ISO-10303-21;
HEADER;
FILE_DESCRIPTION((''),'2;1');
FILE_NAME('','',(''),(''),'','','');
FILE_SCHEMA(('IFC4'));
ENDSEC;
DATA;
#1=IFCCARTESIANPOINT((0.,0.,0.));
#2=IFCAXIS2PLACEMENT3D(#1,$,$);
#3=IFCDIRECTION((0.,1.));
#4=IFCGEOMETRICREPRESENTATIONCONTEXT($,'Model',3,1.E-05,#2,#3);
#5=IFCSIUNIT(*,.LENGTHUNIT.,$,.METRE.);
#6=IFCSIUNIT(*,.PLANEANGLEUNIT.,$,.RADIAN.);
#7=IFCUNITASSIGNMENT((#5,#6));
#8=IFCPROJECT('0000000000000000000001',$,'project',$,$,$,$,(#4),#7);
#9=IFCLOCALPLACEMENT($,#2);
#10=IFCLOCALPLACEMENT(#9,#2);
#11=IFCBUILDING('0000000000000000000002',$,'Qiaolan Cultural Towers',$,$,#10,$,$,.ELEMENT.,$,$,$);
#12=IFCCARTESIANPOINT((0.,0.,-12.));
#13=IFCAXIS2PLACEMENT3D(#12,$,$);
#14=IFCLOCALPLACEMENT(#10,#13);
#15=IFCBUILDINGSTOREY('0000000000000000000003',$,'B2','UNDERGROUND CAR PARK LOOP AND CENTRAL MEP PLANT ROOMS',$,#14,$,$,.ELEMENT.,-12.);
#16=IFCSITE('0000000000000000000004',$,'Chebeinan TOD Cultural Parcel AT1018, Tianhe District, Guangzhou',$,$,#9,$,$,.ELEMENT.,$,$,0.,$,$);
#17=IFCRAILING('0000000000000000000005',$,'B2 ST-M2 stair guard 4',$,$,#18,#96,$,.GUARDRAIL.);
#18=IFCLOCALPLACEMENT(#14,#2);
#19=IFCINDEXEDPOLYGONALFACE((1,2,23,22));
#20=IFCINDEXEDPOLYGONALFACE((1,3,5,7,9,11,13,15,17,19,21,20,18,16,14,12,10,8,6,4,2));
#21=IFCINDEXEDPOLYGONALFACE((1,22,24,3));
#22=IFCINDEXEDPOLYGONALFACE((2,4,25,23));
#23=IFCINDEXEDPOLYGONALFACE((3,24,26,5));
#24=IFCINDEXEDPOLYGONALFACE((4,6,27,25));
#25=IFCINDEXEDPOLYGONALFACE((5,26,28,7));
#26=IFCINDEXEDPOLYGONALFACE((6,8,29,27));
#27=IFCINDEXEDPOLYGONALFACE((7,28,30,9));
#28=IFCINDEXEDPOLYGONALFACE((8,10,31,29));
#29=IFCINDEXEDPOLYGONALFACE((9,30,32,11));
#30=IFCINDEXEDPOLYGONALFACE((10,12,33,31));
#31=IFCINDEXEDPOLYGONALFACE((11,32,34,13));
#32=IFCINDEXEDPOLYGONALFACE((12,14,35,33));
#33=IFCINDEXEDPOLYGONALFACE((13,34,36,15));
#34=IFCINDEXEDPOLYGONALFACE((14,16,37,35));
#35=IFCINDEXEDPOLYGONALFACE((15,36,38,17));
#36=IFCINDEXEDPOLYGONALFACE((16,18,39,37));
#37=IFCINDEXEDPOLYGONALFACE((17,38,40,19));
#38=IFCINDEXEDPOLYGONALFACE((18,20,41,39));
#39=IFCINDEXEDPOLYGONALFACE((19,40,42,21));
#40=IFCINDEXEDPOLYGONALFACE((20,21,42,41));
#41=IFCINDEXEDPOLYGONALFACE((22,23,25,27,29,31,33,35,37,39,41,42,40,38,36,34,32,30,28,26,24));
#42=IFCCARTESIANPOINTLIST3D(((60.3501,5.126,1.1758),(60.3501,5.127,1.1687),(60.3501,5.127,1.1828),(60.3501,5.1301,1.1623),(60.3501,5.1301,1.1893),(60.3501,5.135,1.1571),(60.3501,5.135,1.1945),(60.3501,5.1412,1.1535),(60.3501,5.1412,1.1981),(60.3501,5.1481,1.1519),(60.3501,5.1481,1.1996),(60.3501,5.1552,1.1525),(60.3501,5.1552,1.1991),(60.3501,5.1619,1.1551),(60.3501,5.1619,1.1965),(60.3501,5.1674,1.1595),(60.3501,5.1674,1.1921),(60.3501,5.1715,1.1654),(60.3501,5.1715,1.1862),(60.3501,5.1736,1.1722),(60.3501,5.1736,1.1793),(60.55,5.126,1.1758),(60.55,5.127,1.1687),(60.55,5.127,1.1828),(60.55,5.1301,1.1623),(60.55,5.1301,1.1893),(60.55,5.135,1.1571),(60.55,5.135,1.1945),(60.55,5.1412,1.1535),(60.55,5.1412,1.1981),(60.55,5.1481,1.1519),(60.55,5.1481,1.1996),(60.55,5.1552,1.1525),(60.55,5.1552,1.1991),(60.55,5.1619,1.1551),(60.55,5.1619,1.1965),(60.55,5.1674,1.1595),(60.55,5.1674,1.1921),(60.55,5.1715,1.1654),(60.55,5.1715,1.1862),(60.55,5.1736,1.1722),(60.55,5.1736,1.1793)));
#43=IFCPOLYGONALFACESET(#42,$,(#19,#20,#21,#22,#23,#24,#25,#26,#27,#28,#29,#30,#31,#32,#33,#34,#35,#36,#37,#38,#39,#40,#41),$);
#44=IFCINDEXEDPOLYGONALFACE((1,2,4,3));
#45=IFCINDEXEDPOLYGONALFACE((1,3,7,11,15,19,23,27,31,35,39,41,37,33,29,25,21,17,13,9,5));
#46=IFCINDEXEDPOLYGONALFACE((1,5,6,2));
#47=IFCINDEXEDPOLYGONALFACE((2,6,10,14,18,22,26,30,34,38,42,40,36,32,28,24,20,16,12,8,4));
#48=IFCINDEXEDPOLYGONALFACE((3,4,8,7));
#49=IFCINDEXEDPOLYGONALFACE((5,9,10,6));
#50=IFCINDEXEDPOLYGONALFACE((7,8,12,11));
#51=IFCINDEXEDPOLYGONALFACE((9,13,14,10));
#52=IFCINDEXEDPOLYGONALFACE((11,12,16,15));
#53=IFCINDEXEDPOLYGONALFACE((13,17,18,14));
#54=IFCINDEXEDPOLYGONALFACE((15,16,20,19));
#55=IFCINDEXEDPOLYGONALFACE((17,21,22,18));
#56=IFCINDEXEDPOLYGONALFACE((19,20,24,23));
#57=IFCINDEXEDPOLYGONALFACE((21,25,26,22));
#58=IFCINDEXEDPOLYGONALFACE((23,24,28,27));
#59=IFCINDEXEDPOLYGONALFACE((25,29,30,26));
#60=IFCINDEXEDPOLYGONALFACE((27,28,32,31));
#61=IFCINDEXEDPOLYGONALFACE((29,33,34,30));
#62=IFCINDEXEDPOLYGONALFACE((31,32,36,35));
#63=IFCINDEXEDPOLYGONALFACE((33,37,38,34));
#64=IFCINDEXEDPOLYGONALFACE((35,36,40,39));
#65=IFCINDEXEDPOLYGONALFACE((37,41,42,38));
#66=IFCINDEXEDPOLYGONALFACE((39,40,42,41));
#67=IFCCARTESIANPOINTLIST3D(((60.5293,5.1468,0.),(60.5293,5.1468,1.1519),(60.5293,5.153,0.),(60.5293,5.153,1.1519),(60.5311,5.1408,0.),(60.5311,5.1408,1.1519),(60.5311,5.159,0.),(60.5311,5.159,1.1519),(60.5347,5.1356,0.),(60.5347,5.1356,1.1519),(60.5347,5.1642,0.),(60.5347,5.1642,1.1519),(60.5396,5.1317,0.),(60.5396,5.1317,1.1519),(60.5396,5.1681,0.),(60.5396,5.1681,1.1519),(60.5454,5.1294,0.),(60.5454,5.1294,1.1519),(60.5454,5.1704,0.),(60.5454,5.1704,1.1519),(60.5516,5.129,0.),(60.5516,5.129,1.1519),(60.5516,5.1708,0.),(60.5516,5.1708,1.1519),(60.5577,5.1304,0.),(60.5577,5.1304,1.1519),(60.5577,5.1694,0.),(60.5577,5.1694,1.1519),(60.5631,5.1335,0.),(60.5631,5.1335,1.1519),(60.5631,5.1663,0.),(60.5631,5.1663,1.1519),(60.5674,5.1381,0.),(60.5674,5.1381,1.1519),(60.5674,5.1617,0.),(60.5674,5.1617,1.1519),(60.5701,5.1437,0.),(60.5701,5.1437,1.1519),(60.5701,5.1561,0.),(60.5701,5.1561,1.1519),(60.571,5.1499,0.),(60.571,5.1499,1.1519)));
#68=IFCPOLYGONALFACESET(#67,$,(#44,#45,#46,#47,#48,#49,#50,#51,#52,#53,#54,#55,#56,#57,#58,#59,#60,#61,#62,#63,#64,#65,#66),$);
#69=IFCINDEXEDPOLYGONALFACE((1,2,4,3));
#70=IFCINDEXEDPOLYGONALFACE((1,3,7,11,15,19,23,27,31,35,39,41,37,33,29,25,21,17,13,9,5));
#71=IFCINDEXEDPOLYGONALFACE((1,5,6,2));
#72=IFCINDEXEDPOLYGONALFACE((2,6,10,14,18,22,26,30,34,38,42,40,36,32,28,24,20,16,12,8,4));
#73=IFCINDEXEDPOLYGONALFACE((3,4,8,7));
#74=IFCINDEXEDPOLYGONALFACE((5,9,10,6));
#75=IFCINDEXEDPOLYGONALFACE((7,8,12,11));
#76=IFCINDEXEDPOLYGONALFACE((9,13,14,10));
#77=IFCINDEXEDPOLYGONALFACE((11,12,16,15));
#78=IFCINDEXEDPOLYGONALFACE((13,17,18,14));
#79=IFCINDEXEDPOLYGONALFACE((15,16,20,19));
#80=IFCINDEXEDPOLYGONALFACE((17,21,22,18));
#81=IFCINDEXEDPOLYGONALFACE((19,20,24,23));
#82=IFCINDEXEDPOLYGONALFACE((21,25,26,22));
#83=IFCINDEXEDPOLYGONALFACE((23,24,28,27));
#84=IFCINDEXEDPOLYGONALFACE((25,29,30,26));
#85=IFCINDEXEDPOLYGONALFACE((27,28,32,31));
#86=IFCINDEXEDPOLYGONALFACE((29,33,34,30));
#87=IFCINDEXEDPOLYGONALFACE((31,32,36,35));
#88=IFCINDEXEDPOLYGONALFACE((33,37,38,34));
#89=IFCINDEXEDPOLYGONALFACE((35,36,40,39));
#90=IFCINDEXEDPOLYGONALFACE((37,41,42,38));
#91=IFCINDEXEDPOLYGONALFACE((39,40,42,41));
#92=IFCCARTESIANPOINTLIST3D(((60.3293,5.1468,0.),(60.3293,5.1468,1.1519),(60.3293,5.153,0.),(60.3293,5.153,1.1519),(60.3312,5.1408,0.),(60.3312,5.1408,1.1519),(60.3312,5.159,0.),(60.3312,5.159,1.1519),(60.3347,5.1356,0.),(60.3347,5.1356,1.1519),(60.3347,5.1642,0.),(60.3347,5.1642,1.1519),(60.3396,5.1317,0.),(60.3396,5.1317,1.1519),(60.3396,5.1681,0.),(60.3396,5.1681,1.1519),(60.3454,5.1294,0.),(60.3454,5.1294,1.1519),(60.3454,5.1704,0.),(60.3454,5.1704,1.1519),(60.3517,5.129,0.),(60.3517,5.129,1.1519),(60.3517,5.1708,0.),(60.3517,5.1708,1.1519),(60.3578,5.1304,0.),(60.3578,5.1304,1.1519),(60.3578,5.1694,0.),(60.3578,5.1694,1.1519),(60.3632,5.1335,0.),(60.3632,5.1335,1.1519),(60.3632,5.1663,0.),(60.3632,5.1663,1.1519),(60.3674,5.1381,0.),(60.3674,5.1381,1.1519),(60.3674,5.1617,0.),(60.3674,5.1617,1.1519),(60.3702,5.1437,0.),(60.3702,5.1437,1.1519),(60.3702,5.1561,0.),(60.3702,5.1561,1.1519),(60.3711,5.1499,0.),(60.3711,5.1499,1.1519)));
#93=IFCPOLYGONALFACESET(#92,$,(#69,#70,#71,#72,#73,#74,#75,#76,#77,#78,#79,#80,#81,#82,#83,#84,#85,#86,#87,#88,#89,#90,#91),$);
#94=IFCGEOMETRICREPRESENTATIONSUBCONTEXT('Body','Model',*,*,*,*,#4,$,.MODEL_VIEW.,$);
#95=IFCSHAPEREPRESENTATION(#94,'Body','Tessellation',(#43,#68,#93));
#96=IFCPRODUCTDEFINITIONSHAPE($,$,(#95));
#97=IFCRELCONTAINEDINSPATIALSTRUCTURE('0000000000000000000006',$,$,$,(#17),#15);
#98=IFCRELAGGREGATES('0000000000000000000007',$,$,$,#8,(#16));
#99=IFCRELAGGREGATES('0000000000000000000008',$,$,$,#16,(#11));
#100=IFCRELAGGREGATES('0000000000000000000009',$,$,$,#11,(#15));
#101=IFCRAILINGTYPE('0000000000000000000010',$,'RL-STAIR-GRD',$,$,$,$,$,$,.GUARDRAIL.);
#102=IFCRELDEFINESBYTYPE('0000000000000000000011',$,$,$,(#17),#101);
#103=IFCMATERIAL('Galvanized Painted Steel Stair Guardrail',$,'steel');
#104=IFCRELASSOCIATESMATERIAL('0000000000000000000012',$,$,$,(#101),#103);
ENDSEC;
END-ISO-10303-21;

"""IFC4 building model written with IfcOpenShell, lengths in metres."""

from ifc_helpers import new_model, si_unit, direction, frame, origin, origin_2d, place, context, subcontext, project, spatial, circle, extrude, material, type_object, element, save


model = new_model("IFC4")

# Units and contexts
model_context = context("Model", 3, precision=1e-05, world=origin(), true_north=direction((0.0, 1.0)))
body_context = subcontext(model_context, "Body", "Model", "MODEL_VIEW")
ifc_project = project(units=[si_unit("LENGTHUNIT", "METRE"), si_unit("PLANEANGLEUNIT", "RADIAN")], contexts=[model_context])

# Site, building, storey
site_placement = place(None, origin())
site = spatial("IfcSite", under=ifc_project, at=site_placement, Name="Chebeinan TOD Cultural Parcel AT1018, Tianhe District, Guangzhou", CompositionType="ELEMENT", RefElevation=0.0)
building_placement = place(site_placement, origin())
building = spatial("IfcBuilding", under=site, at=building_placement, Name="Qiaolan Cultural Towers", CompositionType="ELEMENT")
storey_placement = place(building_placement, frame((0.0, 0.0, -12.0)))
storey = spatial("IfcBuildingStorey", under=building, at=storey_placement, Name="B2", Description="UNDERGROUND CAR PARK LOOP AND CENTRAL MEP PLANT ROOMS", CompositionType="ELEMENT", Elevation=-12.0)

# Railing
ifc_material_1 = material(Name="Galvanized Painted Steel Stair Guardrail", Category="steel")
railing_type_1 = type_object("IfcRailingType", Name="RL-STAIR-GRD", PredefinedType="GUARDRAIL", material=ifc_material_1)
railing_1_placement = place(storey_placement, frame((60.55, 5.1499, 0.0)))
element("IfcRailing", 1, at=railing_1_placement, inside=storey, type_object=railing_type_1, Name="B2 ST-M2 stair guard 4", PredefinedType="GUARDRAIL", context=body_context, shape_type="SweptSolid", body=[
    extrude(circle(Radius=0.0239, at=origin_2d()), frame((0.0, 0.0, 1.1758), z_axis=(-1.0, 0.0, 0.0), x_axis=(0.0, -1.0, 0.0)), (0.0, 0.0, 1.0), 0.2),
    extrude(circle(Radius=0.021, at=origin_2d()), origin(), (0.0, 0.0, 1.0), 1.1519),
    extrude(circle(Radius=0.021, at=origin_2d()), frame((-0.2, 0.0, 0.0)), (0.0, 0.0, 1.0), 1.1519),
])

save(model, "model.ifc")
